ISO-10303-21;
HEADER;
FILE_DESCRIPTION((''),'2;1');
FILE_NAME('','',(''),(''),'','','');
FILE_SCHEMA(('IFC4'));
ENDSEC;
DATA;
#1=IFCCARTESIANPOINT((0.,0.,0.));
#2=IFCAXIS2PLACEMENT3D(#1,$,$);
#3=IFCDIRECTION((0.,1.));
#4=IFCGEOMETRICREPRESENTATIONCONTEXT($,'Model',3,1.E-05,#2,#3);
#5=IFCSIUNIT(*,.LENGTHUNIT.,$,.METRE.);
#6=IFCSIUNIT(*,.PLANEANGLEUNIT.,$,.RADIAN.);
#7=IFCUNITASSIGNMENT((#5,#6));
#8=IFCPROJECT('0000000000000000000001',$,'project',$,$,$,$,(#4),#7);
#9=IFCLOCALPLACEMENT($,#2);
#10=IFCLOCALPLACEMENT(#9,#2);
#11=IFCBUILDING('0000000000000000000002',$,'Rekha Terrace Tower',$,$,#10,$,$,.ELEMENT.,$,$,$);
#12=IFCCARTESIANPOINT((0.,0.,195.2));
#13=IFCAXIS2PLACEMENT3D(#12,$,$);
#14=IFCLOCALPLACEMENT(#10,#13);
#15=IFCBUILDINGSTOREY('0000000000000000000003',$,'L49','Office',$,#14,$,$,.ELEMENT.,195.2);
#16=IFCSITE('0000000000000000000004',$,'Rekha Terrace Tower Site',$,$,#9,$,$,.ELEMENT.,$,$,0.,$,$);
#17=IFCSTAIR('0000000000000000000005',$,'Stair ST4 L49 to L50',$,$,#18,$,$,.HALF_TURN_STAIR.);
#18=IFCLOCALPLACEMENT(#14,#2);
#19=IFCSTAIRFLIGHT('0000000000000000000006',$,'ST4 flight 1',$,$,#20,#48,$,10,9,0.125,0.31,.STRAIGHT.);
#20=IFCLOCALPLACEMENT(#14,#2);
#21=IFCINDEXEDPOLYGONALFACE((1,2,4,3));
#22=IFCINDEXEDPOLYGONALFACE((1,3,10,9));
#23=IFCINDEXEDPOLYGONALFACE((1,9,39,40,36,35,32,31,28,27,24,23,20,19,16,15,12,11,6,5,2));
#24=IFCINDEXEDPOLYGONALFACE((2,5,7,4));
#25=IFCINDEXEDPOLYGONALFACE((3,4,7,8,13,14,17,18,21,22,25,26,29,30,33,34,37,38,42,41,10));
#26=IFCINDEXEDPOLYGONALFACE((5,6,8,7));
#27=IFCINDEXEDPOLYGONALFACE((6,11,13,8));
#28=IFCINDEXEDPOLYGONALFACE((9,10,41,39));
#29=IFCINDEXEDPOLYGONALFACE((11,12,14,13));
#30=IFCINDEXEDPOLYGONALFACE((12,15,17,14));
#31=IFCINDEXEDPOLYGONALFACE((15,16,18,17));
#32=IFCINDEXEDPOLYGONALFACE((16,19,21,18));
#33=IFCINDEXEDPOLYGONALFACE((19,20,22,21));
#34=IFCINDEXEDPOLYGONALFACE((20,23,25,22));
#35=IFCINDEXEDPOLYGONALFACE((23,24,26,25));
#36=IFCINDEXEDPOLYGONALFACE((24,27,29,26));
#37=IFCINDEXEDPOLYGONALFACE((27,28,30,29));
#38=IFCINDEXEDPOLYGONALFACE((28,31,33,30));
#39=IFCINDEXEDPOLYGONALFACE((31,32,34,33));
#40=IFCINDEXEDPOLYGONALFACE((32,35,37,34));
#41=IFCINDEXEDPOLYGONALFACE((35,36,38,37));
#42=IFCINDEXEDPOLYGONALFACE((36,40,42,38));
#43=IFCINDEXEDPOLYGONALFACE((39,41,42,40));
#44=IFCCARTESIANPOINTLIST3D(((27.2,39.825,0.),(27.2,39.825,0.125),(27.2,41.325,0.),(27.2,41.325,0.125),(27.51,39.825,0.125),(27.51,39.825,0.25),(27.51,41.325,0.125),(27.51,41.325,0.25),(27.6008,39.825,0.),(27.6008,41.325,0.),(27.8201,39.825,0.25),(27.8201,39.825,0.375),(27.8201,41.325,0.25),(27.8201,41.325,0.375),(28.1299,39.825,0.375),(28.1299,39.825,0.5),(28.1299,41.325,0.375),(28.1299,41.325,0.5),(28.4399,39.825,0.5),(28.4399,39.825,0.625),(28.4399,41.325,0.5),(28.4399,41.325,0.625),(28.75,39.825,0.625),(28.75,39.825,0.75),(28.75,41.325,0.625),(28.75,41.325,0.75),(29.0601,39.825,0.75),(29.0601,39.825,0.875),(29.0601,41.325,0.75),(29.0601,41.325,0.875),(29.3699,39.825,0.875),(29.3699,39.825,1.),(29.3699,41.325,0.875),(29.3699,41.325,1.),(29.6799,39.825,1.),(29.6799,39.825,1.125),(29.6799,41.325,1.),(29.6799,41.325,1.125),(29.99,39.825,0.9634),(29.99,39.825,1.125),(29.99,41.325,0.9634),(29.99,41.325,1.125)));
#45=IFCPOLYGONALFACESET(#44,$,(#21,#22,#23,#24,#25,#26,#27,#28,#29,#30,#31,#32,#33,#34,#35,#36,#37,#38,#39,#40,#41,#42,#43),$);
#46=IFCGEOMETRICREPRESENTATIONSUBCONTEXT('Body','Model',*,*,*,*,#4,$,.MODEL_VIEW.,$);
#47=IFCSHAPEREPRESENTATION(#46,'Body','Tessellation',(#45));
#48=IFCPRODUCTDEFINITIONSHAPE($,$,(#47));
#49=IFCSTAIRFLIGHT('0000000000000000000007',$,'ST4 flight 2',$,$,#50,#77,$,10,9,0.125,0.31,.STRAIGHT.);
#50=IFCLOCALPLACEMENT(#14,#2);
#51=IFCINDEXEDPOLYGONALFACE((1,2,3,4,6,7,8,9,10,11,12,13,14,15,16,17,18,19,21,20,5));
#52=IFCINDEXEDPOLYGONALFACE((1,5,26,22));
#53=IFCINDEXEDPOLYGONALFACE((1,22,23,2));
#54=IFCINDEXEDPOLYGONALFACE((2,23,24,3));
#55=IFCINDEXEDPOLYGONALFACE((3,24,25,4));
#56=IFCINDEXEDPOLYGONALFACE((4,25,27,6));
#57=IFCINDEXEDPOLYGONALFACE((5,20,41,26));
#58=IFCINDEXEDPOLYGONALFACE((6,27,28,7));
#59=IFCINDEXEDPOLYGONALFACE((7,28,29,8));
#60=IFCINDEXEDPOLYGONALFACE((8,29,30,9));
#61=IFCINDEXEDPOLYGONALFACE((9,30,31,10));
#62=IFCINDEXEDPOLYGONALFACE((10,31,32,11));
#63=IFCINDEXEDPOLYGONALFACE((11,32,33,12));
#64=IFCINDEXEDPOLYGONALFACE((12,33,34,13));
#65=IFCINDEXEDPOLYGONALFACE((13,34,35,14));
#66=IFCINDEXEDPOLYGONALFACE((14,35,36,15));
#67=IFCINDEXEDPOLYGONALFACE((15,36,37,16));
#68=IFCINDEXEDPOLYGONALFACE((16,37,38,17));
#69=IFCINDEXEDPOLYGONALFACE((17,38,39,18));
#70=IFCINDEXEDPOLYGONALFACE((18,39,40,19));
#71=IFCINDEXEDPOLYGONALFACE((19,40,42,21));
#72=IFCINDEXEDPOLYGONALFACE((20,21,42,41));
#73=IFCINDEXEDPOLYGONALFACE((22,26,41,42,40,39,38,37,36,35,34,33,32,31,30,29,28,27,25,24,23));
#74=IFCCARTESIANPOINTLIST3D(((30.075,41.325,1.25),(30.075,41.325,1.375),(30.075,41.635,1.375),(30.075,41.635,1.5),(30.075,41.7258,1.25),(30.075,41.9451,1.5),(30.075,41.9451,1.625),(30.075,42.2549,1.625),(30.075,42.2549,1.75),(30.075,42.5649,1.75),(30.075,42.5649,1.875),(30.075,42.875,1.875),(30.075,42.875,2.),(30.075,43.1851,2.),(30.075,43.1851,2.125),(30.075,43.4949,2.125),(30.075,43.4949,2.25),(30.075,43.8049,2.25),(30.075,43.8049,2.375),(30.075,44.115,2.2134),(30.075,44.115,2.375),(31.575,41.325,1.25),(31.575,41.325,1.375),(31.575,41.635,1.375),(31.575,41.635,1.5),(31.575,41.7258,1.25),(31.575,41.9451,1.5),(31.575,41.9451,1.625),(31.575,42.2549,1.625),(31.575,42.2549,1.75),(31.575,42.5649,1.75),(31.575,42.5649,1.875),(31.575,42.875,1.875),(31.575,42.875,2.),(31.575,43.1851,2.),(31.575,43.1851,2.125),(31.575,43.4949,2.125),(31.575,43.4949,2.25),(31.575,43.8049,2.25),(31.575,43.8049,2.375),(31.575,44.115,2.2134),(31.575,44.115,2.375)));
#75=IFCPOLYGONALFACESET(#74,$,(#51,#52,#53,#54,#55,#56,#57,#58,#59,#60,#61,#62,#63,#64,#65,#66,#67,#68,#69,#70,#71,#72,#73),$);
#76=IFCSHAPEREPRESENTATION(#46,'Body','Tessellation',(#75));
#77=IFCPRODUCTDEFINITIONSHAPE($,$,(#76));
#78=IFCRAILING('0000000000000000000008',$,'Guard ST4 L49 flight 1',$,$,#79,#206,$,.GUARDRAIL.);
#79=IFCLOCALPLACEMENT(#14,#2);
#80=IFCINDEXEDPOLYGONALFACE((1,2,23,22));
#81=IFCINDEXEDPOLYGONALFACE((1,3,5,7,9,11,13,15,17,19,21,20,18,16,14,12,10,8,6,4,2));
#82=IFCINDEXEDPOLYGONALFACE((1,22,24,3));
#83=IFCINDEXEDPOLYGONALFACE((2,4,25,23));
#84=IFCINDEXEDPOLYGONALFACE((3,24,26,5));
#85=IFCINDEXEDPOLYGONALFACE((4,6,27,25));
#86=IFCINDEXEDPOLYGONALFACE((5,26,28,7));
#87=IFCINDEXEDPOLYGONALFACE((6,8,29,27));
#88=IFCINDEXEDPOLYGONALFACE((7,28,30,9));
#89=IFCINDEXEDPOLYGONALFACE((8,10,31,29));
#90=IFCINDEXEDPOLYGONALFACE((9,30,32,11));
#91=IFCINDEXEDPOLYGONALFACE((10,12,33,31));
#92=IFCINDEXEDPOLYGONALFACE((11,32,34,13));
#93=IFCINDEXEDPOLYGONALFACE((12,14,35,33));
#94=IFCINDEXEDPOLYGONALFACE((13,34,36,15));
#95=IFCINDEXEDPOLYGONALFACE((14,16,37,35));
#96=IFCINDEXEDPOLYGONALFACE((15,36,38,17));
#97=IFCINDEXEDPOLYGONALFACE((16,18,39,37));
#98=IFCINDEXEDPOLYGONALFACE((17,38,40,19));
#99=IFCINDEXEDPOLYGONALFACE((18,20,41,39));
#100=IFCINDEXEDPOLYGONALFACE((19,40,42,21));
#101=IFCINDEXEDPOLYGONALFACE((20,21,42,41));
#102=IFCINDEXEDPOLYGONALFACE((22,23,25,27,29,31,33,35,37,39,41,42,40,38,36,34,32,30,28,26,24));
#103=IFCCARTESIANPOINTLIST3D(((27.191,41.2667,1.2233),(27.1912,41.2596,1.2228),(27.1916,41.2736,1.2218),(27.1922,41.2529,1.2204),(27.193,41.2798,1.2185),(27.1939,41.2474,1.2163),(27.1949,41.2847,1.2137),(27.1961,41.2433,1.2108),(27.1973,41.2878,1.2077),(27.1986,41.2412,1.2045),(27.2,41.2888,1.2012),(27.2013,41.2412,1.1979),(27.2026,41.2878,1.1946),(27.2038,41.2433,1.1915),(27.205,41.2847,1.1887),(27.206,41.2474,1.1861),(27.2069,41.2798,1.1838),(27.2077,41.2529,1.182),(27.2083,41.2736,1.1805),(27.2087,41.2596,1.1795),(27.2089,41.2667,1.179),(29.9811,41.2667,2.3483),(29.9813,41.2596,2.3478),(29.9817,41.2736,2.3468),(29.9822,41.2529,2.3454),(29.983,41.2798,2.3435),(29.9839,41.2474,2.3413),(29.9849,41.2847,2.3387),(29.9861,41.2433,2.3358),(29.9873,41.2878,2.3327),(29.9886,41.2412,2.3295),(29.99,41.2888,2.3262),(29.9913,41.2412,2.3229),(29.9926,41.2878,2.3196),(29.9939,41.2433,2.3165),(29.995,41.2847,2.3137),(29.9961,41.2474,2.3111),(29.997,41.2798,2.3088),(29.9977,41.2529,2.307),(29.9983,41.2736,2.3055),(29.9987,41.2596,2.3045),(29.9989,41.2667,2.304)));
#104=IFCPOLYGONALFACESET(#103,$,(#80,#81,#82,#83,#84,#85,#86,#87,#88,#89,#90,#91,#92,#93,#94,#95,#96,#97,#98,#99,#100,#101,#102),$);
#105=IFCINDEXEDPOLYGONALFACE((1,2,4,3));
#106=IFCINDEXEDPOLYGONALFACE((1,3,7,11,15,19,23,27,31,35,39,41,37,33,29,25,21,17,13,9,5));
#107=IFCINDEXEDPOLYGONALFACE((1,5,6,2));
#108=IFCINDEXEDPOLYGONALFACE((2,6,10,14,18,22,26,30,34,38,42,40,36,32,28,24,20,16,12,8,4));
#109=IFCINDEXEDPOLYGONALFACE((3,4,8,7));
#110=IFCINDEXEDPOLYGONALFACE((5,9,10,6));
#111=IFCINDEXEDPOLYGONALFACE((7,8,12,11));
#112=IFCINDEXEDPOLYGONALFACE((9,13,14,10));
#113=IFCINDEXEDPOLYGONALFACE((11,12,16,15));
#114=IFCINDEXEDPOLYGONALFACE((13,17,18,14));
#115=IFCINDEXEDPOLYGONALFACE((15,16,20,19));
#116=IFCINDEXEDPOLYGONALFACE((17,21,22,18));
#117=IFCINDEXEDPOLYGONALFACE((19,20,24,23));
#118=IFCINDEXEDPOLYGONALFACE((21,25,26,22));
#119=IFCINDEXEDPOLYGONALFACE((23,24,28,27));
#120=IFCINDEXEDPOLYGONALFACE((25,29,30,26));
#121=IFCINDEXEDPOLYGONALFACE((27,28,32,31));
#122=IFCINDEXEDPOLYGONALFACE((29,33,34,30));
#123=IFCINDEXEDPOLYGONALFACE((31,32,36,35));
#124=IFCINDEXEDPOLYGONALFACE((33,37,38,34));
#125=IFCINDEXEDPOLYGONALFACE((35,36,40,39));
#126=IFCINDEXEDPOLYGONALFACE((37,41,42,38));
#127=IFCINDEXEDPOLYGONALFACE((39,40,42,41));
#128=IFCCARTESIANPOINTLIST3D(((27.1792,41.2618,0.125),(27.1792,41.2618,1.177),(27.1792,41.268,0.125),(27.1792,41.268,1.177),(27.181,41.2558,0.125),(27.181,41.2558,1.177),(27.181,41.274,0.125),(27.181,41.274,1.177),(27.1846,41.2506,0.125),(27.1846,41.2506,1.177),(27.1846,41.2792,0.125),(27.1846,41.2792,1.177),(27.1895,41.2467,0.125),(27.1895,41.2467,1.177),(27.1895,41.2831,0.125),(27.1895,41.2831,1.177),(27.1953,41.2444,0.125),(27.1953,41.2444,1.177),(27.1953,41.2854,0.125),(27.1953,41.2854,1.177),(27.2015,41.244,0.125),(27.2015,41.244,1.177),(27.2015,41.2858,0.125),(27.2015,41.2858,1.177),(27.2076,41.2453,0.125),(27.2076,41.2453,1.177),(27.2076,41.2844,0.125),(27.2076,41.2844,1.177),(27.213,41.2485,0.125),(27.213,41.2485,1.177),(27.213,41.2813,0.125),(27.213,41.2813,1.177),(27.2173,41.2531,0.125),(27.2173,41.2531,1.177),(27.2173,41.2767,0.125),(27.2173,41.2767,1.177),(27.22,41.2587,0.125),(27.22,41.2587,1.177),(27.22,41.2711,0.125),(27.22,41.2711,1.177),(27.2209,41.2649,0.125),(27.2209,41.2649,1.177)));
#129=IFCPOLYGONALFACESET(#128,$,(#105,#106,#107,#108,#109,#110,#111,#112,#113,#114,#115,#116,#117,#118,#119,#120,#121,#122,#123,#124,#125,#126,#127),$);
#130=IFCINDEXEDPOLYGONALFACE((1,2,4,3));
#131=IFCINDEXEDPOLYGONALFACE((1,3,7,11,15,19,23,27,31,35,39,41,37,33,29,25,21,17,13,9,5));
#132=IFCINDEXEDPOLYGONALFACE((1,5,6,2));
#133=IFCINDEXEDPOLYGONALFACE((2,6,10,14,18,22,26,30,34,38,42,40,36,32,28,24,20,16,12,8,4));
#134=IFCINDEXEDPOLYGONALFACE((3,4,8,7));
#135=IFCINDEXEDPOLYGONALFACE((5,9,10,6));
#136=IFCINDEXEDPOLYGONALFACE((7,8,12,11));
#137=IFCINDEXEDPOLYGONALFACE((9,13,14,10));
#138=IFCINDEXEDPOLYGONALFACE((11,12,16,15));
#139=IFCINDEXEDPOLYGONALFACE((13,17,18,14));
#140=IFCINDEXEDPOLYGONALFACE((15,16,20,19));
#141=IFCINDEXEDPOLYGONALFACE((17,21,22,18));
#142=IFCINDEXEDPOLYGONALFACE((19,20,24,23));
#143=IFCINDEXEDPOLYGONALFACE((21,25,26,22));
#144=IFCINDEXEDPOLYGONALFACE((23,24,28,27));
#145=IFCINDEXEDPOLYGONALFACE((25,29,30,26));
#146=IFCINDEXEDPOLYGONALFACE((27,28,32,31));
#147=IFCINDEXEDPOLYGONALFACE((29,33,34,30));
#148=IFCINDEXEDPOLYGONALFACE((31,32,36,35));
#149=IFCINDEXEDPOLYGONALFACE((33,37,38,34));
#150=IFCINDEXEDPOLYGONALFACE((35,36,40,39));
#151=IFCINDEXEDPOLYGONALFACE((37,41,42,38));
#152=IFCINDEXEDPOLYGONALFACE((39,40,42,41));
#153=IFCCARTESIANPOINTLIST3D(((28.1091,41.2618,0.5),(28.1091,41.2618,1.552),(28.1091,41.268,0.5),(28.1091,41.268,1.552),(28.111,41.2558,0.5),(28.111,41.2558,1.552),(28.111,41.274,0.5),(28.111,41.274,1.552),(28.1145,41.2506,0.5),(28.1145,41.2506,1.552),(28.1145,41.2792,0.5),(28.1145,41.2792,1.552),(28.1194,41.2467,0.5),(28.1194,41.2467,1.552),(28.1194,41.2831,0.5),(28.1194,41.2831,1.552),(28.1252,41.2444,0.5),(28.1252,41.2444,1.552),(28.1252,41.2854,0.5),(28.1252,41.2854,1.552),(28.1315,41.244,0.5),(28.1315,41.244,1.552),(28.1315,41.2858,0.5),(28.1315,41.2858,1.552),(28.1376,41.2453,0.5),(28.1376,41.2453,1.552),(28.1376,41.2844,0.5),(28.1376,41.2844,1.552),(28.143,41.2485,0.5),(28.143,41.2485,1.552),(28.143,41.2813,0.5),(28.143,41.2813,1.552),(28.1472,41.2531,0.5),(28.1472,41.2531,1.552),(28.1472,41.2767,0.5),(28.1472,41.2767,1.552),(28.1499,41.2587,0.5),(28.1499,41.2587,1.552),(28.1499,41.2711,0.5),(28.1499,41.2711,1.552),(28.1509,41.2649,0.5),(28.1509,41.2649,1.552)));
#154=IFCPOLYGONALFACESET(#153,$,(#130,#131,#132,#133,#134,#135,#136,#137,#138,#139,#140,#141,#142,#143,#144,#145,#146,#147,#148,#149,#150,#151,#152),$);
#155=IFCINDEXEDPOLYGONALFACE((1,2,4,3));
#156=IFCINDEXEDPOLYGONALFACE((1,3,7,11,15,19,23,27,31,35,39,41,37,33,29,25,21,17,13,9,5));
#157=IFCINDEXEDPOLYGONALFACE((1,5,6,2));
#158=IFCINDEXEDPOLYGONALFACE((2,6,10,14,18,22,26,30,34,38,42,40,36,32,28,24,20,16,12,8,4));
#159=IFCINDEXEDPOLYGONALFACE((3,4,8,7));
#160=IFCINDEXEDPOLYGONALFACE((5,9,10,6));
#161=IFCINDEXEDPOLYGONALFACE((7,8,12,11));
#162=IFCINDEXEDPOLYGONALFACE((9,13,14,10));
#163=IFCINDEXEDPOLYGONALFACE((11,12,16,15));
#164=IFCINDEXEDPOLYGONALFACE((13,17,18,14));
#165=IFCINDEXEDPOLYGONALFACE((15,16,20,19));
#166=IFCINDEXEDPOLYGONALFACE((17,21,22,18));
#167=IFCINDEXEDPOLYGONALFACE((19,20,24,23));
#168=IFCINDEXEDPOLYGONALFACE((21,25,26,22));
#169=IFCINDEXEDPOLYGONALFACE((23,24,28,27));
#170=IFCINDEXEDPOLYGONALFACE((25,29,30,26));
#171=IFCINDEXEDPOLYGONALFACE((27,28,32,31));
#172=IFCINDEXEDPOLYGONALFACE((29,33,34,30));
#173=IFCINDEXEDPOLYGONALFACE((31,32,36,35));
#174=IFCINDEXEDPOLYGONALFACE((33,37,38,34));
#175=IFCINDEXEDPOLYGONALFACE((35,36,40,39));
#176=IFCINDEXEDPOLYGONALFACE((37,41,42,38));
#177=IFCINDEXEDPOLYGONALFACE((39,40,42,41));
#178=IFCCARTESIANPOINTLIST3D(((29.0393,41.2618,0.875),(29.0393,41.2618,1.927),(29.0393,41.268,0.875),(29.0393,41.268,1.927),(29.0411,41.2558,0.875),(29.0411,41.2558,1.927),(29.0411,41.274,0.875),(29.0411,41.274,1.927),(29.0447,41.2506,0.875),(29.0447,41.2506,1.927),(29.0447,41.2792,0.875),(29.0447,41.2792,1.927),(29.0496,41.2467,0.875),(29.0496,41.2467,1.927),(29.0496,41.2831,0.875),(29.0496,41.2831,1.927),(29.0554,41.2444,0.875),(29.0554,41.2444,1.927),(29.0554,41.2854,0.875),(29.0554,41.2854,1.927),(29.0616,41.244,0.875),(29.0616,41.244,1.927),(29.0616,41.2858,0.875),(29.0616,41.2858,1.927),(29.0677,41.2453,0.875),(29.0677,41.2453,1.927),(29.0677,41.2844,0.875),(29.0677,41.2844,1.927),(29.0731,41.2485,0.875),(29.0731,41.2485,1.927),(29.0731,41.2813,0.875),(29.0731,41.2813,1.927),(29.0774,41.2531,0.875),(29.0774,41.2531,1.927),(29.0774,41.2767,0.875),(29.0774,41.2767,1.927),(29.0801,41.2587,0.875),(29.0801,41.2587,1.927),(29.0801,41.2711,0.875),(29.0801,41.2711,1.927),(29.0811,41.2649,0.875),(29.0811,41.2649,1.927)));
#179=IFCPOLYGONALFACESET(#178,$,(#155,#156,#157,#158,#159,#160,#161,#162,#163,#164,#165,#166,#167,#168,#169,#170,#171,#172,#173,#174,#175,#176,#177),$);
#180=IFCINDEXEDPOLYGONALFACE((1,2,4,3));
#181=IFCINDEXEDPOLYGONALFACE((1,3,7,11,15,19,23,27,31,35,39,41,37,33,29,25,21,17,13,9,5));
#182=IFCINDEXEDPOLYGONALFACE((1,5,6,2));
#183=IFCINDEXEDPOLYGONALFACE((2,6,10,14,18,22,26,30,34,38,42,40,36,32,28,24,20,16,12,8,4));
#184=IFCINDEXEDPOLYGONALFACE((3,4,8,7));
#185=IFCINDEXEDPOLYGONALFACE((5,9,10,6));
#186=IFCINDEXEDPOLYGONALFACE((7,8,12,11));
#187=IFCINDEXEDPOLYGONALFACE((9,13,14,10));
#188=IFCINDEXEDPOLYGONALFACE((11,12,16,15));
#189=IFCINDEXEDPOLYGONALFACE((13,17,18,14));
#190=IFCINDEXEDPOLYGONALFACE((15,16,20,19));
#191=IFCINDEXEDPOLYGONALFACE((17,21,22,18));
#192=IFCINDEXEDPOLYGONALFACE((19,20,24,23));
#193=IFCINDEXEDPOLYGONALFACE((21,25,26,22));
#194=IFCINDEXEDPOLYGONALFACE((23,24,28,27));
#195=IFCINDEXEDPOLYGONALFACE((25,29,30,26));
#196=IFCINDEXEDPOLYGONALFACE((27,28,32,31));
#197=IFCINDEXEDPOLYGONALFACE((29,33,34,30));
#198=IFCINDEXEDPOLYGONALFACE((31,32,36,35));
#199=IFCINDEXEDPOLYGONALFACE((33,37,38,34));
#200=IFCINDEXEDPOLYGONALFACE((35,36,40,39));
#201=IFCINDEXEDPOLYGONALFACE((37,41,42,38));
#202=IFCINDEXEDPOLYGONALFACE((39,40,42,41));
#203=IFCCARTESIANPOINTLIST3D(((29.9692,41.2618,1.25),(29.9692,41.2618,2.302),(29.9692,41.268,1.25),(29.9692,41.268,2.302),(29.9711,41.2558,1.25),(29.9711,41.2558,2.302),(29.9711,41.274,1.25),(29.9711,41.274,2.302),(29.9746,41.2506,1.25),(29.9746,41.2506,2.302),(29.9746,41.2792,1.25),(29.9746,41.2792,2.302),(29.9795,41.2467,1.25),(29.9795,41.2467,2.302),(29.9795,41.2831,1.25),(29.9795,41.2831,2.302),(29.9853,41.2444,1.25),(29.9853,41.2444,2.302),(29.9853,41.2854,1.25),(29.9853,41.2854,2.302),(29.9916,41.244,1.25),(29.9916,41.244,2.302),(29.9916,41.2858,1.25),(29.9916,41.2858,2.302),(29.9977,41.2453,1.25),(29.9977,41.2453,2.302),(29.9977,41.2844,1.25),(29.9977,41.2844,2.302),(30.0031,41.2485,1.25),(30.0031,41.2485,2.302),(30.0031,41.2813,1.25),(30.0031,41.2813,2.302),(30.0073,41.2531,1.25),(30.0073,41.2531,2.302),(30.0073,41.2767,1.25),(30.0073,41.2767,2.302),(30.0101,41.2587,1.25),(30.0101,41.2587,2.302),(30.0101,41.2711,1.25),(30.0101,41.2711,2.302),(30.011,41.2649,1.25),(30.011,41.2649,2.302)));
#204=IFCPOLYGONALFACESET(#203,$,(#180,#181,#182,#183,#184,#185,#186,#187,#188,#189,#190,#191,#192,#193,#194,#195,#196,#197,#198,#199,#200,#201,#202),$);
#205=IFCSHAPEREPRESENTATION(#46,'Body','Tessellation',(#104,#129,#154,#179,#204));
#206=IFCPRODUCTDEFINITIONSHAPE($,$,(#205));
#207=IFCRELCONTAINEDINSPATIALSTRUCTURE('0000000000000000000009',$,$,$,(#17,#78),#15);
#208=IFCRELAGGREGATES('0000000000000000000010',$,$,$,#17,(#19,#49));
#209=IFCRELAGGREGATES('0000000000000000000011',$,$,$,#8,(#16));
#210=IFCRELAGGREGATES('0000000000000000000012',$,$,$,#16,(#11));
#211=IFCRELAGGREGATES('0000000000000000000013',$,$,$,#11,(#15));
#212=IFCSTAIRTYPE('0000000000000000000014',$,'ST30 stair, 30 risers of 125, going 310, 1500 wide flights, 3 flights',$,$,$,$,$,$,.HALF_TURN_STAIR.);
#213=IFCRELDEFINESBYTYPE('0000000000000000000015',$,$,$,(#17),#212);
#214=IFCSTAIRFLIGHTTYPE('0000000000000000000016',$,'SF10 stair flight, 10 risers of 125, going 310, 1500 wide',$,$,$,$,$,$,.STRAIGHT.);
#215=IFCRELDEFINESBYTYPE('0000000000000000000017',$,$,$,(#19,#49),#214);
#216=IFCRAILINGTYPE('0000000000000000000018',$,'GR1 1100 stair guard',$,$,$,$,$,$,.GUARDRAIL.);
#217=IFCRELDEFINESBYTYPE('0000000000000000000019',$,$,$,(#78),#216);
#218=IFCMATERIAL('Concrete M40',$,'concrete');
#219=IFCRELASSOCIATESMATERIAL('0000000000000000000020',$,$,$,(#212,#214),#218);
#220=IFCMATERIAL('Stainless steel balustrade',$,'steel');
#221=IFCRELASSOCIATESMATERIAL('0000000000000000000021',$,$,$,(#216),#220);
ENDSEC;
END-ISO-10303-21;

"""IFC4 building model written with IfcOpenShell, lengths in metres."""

from ifc_helpers import new_model, si_unit, direction, frame, origin, origin_2d, place, context, subcontext, project, spatial, polyline, circle, outline, extrude, material, type_object, element, aggregate, save


model = new_model("IFC4")

# Units and contexts
model_context = context("Model", 3, precision=1e-05, world=origin(), true_north=direction((0.0, 1.0)))
body_context = subcontext(model_context, "Body", "Model", "MODEL_VIEW")
ifc_project = project(units=[si_unit("LENGTHUNIT", "METRE"), si_unit("PLANEANGLEUNIT", "RADIAN")], contexts=[model_context])

# Site, building, storey
site_placement = place(None, origin())
site = spatial("IfcSite", under=ifc_project, at=site_placement, Name="Rekha Terrace Tower Site", CompositionType="ELEMENT", RefElevation=0.0)
building_placement = place(site_placement, origin())
building = spatial("IfcBuilding", under=site, at=building_placement, Name="Rekha Terrace Tower", CompositionType="ELEMENT")
storey_placement = place(building_placement, frame((0.0, 0.0, 195.2)))
storey = spatial("IfcBuildingStorey", under=building, at=storey_placement, Name="L49", Description="Office", CompositionType="ELEMENT", Elevation=195.2)

# Stair, stair flights
ifc_material_1 = material(Name="Concrete M40", Category="concrete")
stair_type = type_object("IfcStairType", Name="ST30 stair, 30 risers of 125, going 310, 1500 wide flights, 3 flights", PredefinedType="HALF_TURN_STAIR", material=ifc_material_1)
stair_placement = place(storey_placement, origin())
stair = element("IfcStair", 1, at=stair_placement, inside=storey, type_object=stair_type, Name="Stair ST4 L49 to L50", PredefinedType="HALF_TURN_STAIR")
stair_flight_type = type_object("IfcStairFlightType", Name="SF10 stair flight, 10 risers of 125, going 310, 1500 wide", PredefinedType="STRAIGHT", material=ifc_material_1)
stair_flight_1_placement = place(storey_placement, frame((27.2, 40.575, 0.0), z_axis=(0.0, 0.0, 1.0), x_axis=(1.0, 0.0, 0.0)))
stair_flight_1 = element("IfcStairFlight", 2, at=stair_flight_1_placement, type_object=stair_flight_type, Name="ST4 flight 1", NumberOfRisers=10, NumberOfTreads=9, PredefinedType="STRAIGHT", RiserHeight=0.125, TreadLength=0.31, context=body_context, shape_type="SweptSolid", body=[
    extrude(outline(polyline([(0.0, 0.0), (0.0, 0.125), (0.3101, 0.125), (0.3101, 0.25), (0.6201, 0.25), (0.6201, 0.375), (0.9299, 0.375), (0.9299, 0.5), (1.24, 0.5), (1.24, 0.625), (1.55, 0.625), (1.55, 0.75), (1.8601, 0.75), (1.8601, 0.875), (2.1699, 0.875), (2.1699, 1.0), (2.48, 1.0), (2.48, 1.125), (2.79, 1.125), (2.79, 1.25), (2.79, 0.9634), (0.4009, 0.0), (0.0, 0.0)])), frame((0.0, 0.75, 0.0), z_axis=(0.0, -1.0, 0.0), x_axis=(1.0, 0.0, 0.0)), (0.0, 0.0, 1.0), 1.5),
])
stair_flight_2_placement = place(storey_placement, frame((30.825, 41.325, 1.25), z_axis=(0.0, 0.0, 1.0), x_axis=(0.0, 1.0, 0.0)))
stair_flight_2 = element("IfcStairFlight", 3, at=stair_flight_2_placement, type_object=stair_flight_type, Name="ST4 flight 2", NumberOfRisers=10, NumberOfTreads=9, PredefinedType="STRAIGHT", RiserHeight=0.125, TreadLength=0.31, context=body_context, shape_type="SweptSolid", body=[
    extrude(outline(polyline([(0.0, 0.0), (0.0, 0.125), (0.3101, 0.125), (0.3101, 0.25), (0.6201, 0.25), (0.6201, 0.375), (0.9299, 0.375), (0.9299, 0.5), (1.24, 0.5), (1.24, 0.625), (1.55, 0.625), (1.55, 0.75), (1.8601, 0.75), (1.8601, 0.875), (2.1699, 0.875), (2.1699, 1.0), (2.48, 1.0), (2.48, 1.125), (2.79, 1.125), (2.79, 1.25), (2.79, 0.9634), (0.4009, 0.0), (0.0, 0.0)])), frame((0.0, 0.75, 0.0), z_axis=(0.0, -1.0, 0.0), x_axis=(1.0, 0.0, 0.0)), (0.0, 0.0, 1.0), 1.5),
])
aggregate(stair, [stair_flight_1, stair_flight_2])

# Railing
ifc_material_2 = material(Name="Stainless steel balustrade", Category="steel")
railing_type_1 = type_object("IfcRailingType", Name="GR1 1100 stair guard", PredefinedType="GUARDRAIL", material=ifc_material_2)
railing_1_placement = place(storey_placement, frame((27.2, 41.2649, 0.125)))
element("IfcRailing", 4, at=railing_1_placement, inside=storey, type_object=railing_type_1, Name="Guard ST4 L49 flight 1", PredefinedType="GUARDRAIL", context=body_context, shape_type="SweptSolid", body=[
    extrude(circle(Radius=0.0239, at=origin_2d()), frame((0.0, 0.0, 1.0762), z_axis=(0.927443, 0.0, 0.373964), x_axis=(0.0, 1.0, 0.0)), (0.0, 0.0, 1.0), 3.0083),
    extrude(circle(Radius=0.021, at=origin_2d()), origin(), (0.0, 0.0, 1.0), 1.052),
    extrude(circle(Radius=0.021, at=origin_2d()), frame((0.9299, 0.0, 0.375)), (0.0, 0.0, 1.0), 1.052),
    extrude(circle(Radius=0.021, at=origin_2d()), frame((1.8601, 0.0, 0.75)), (0.0, 0.0, 1.0), 1.052),
    extrude(circle(Radius=0.021, at=origin_2d()), frame((2.79, 0.0, 1.125)), (0.0, 0.0, 1.0), 1.052),
])

save(model, "model.ifc")
